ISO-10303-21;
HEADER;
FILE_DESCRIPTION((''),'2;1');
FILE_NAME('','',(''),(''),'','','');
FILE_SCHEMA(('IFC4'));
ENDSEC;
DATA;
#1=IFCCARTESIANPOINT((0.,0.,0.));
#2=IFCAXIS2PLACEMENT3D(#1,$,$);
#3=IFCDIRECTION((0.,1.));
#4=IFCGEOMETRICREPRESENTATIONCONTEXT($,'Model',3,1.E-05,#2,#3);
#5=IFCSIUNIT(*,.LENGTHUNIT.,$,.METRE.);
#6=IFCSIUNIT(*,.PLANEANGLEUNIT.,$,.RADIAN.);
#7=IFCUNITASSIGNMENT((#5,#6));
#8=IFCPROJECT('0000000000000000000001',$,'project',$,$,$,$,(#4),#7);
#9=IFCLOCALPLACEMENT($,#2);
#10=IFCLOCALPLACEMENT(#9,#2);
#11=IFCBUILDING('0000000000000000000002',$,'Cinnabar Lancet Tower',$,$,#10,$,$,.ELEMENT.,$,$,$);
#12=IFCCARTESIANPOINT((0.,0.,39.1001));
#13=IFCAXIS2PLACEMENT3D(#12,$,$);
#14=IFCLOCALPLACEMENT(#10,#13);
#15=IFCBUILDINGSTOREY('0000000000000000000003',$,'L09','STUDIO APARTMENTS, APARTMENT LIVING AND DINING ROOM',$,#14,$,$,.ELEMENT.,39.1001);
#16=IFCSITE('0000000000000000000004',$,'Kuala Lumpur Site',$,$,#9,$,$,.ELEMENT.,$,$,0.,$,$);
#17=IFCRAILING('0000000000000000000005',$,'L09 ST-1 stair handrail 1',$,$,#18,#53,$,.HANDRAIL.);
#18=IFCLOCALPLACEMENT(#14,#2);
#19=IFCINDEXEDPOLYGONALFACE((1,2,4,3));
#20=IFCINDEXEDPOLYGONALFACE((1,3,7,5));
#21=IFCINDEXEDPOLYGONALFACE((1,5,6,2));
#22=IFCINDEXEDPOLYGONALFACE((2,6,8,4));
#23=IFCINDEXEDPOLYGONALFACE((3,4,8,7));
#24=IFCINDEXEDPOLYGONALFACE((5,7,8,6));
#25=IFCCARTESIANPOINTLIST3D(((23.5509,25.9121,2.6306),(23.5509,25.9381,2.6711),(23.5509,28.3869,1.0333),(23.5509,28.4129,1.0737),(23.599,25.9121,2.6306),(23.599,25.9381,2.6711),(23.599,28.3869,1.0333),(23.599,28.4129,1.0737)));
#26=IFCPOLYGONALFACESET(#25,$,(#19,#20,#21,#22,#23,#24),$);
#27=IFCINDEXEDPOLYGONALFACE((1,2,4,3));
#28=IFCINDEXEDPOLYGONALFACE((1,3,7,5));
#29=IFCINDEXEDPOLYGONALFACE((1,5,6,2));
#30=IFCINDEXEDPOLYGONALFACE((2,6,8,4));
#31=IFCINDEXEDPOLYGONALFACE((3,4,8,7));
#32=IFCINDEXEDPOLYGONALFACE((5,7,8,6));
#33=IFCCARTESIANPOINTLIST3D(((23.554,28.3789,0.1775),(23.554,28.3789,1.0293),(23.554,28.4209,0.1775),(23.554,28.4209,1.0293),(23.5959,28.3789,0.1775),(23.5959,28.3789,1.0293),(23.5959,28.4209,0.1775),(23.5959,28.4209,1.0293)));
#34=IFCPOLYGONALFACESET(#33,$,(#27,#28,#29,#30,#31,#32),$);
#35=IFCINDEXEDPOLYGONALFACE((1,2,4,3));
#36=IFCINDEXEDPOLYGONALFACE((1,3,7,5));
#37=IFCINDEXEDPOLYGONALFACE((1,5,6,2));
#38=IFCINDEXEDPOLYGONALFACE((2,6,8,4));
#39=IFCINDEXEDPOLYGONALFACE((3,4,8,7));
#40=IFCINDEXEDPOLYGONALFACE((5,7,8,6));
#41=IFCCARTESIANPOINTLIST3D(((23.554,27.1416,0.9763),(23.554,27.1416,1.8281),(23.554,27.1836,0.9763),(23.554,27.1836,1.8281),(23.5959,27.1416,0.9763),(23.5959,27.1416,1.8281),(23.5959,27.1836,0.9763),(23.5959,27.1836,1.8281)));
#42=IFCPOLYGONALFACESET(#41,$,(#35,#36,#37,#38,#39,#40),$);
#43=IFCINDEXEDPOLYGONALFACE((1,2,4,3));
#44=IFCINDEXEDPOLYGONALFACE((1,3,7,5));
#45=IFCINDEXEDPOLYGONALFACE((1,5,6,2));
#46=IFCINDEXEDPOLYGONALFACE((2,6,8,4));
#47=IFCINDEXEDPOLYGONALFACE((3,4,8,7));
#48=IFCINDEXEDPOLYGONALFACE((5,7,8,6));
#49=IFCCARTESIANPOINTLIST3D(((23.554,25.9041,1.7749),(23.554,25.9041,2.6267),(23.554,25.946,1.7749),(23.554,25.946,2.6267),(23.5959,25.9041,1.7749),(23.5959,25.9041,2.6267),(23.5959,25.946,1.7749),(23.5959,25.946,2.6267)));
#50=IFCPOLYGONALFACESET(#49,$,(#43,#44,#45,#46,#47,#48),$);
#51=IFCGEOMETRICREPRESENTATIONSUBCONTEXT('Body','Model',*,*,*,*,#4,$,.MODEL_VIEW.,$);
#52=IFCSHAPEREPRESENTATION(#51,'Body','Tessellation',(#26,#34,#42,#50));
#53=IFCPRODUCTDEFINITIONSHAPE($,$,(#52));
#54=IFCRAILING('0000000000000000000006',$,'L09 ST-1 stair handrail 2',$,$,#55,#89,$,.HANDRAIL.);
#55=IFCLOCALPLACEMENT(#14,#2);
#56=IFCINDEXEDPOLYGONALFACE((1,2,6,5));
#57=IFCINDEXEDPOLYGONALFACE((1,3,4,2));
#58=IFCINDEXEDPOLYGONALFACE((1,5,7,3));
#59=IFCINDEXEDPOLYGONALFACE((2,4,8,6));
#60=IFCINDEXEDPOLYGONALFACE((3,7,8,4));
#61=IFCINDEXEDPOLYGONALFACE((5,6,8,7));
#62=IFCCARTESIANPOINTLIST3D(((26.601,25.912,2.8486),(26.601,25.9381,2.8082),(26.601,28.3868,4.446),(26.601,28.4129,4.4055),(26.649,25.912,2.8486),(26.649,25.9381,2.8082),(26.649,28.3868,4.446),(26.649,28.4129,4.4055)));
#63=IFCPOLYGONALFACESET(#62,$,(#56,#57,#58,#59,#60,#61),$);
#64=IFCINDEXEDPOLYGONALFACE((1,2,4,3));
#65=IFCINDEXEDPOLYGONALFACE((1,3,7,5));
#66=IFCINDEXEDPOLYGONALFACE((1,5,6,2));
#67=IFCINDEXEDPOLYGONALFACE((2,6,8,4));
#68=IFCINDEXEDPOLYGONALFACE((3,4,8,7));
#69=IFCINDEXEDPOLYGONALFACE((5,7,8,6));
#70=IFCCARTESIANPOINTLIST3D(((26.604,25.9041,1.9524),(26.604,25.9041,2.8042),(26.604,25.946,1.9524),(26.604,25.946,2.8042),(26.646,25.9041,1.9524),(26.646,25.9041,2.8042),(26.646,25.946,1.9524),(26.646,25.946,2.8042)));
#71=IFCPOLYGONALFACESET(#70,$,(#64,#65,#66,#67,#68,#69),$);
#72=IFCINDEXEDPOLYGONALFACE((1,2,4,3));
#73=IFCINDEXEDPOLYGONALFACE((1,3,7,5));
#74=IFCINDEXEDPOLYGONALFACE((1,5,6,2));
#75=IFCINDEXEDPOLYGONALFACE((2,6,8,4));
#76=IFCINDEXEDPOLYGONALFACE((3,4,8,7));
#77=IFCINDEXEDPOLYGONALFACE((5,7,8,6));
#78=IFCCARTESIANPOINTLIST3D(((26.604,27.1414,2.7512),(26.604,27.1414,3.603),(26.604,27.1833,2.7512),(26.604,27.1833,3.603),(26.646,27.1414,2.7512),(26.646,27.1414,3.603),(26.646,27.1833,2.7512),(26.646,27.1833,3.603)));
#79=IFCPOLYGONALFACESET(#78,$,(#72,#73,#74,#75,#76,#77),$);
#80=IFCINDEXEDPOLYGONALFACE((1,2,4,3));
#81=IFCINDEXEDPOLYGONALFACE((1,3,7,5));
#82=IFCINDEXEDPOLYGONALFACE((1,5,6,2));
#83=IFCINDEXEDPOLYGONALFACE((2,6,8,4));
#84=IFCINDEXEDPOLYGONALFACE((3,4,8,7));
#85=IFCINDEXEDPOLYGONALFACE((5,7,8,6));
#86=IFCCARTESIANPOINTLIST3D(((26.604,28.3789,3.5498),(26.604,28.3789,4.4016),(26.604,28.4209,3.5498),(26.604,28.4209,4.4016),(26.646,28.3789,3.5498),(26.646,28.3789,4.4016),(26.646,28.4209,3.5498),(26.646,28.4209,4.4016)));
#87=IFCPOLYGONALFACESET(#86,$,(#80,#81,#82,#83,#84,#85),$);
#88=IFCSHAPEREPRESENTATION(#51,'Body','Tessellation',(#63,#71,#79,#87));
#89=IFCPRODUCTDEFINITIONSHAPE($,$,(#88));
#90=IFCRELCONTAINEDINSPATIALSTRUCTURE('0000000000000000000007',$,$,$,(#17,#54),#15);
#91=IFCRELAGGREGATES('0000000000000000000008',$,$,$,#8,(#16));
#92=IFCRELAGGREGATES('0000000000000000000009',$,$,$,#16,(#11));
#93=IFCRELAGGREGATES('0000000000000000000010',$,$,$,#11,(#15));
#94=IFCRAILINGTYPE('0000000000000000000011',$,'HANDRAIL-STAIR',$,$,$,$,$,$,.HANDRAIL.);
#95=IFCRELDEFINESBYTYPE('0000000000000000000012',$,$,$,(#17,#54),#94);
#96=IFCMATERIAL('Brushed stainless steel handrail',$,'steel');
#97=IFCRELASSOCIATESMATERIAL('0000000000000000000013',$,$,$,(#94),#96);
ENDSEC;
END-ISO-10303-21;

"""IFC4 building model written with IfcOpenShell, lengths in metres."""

from ifc_helpers import new_model, si_unit, direction, frame, origin, origin_2d, place, context, subcontext, project, spatial, rectangle, extrude, material, type_object, element, save


model = new_model("IFC4")

# Units and contexts
model_context = context("Model", 3, precision=1e-05, world=origin(), true_north=direction((0.0, 1.0)))
body_context = subcontext(model_context, "Body", "Model", "MODEL_VIEW")
ifc_project = project(units=[si_unit("LENGTHUNIT", "METRE"), si_unit("PLANEANGLEUNIT", "RADIAN")], contexts=[model_context])

# Site, building, storey
site_placement = place(None, origin())
site = spatial("IfcSite", under=ifc_project, at=site_placement, Name="Kuala Lumpur Site", CompositionType="ELEMENT", RefElevation=0.0)
building_placement = place(site_placement, origin())
building = spatial("IfcBuilding", under=site, at=building_placement, Name="Cinnabar Lancet Tower", CompositionType="ELEMENT")
storey_placement = place(building_placement, frame((0.0, 0.0, 39.1001)))
storey = spatial("IfcBuildingStorey", under=building, at=storey_placement, Name="L09", Description="STUDIO APARTMENTS, APARTMENT LIVING AND DINING ROOM", CompositionType="ELEMENT", Elevation=39.1001)

# Railings
ifc_material_1 = material(Name="Brushed stainless steel handrail", Category="steel")
railing_type_1 = type_object("IfcRailingType", Name="HANDRAIL-STAIR", PredefinedType="HANDRAIL", material=ifc_material_1)
railing_1_placement = place(storey_placement, frame((23.575, 28.3999, 0.1775)))
element("IfcRailing", 1, at=railing_1_placement, inside=storey, type_object=railing_type_1, Name="L09 ST-1 stair handrail 1", PredefinedType="HANDRAIL", context=body_context, shape_type="SweptSolid", body=[
    extrude(rectangle(XDim=0.0481, YDim=0.0481, at=origin_2d()), frame((0.0, 0.0, 0.876), z_axis=(0.0, -0.840183, 0.542302), x_axis=(1.0, 0.0, 0.0)), (0.0, 0.0, 1.0), 2.9456),
    extrude(rectangle(XDim=0.042, YDim=0.042, at=origin_2d()), origin(), (0.0, 0.0, 1.0), 0.8518),
    extrude(rectangle(XDim=0.042, YDim=0.042, at=origin_2d()), frame((0.0, -1.2373, 0.7988)), (0.0, 0.0, 1.0), 0.8518),
    extrude(rectangle(XDim=0.042, YDim=0.042, at=origin_2d()), frame((0.0, -2.4749, 1.5974)), (0.0, 0.0, 1.0), 0.8518),
])
railing_2_placement = place(storey_placement, frame((26.625, 25.925, 1.9524)))
element("IfcRailing", 2, at=railing_2_placement, inside=storey, type_object=railing_type_1, Name="L09 ST-1 stair handrail 2", PredefinedType="HANDRAIL", context=body_context, shape_type="SweptSolid", body=[
    extrude(rectangle(XDim=0.0481, YDim=0.0481, at=origin_2d()), frame((0.0, 0.0, 0.876), z_axis=(0.0, 0.840183, 0.542302), x_axis=(-1.0, 0.0, 0.0)), (0.0, 0.0, 1.0), 2.9456),
    extrude(rectangle(XDim=0.042, YDim=0.042, at=origin_2d()), origin(), (0.0, 0.0, 1.0), 0.8518),
    extrude(rectangle(XDim=0.042, YDim=0.042, at=origin_2d()), frame((0.0, 1.2373, 0.7988)), (0.0, 0.0, 1.0), 0.8518),
    extrude(rectangle(XDim=0.042, YDim=0.042, at=origin_2d()), frame((0.0, 2.4749, 1.5974)), (0.0, 0.0, 1.0), 0.8518),
])

save(model, "model.ifc")
